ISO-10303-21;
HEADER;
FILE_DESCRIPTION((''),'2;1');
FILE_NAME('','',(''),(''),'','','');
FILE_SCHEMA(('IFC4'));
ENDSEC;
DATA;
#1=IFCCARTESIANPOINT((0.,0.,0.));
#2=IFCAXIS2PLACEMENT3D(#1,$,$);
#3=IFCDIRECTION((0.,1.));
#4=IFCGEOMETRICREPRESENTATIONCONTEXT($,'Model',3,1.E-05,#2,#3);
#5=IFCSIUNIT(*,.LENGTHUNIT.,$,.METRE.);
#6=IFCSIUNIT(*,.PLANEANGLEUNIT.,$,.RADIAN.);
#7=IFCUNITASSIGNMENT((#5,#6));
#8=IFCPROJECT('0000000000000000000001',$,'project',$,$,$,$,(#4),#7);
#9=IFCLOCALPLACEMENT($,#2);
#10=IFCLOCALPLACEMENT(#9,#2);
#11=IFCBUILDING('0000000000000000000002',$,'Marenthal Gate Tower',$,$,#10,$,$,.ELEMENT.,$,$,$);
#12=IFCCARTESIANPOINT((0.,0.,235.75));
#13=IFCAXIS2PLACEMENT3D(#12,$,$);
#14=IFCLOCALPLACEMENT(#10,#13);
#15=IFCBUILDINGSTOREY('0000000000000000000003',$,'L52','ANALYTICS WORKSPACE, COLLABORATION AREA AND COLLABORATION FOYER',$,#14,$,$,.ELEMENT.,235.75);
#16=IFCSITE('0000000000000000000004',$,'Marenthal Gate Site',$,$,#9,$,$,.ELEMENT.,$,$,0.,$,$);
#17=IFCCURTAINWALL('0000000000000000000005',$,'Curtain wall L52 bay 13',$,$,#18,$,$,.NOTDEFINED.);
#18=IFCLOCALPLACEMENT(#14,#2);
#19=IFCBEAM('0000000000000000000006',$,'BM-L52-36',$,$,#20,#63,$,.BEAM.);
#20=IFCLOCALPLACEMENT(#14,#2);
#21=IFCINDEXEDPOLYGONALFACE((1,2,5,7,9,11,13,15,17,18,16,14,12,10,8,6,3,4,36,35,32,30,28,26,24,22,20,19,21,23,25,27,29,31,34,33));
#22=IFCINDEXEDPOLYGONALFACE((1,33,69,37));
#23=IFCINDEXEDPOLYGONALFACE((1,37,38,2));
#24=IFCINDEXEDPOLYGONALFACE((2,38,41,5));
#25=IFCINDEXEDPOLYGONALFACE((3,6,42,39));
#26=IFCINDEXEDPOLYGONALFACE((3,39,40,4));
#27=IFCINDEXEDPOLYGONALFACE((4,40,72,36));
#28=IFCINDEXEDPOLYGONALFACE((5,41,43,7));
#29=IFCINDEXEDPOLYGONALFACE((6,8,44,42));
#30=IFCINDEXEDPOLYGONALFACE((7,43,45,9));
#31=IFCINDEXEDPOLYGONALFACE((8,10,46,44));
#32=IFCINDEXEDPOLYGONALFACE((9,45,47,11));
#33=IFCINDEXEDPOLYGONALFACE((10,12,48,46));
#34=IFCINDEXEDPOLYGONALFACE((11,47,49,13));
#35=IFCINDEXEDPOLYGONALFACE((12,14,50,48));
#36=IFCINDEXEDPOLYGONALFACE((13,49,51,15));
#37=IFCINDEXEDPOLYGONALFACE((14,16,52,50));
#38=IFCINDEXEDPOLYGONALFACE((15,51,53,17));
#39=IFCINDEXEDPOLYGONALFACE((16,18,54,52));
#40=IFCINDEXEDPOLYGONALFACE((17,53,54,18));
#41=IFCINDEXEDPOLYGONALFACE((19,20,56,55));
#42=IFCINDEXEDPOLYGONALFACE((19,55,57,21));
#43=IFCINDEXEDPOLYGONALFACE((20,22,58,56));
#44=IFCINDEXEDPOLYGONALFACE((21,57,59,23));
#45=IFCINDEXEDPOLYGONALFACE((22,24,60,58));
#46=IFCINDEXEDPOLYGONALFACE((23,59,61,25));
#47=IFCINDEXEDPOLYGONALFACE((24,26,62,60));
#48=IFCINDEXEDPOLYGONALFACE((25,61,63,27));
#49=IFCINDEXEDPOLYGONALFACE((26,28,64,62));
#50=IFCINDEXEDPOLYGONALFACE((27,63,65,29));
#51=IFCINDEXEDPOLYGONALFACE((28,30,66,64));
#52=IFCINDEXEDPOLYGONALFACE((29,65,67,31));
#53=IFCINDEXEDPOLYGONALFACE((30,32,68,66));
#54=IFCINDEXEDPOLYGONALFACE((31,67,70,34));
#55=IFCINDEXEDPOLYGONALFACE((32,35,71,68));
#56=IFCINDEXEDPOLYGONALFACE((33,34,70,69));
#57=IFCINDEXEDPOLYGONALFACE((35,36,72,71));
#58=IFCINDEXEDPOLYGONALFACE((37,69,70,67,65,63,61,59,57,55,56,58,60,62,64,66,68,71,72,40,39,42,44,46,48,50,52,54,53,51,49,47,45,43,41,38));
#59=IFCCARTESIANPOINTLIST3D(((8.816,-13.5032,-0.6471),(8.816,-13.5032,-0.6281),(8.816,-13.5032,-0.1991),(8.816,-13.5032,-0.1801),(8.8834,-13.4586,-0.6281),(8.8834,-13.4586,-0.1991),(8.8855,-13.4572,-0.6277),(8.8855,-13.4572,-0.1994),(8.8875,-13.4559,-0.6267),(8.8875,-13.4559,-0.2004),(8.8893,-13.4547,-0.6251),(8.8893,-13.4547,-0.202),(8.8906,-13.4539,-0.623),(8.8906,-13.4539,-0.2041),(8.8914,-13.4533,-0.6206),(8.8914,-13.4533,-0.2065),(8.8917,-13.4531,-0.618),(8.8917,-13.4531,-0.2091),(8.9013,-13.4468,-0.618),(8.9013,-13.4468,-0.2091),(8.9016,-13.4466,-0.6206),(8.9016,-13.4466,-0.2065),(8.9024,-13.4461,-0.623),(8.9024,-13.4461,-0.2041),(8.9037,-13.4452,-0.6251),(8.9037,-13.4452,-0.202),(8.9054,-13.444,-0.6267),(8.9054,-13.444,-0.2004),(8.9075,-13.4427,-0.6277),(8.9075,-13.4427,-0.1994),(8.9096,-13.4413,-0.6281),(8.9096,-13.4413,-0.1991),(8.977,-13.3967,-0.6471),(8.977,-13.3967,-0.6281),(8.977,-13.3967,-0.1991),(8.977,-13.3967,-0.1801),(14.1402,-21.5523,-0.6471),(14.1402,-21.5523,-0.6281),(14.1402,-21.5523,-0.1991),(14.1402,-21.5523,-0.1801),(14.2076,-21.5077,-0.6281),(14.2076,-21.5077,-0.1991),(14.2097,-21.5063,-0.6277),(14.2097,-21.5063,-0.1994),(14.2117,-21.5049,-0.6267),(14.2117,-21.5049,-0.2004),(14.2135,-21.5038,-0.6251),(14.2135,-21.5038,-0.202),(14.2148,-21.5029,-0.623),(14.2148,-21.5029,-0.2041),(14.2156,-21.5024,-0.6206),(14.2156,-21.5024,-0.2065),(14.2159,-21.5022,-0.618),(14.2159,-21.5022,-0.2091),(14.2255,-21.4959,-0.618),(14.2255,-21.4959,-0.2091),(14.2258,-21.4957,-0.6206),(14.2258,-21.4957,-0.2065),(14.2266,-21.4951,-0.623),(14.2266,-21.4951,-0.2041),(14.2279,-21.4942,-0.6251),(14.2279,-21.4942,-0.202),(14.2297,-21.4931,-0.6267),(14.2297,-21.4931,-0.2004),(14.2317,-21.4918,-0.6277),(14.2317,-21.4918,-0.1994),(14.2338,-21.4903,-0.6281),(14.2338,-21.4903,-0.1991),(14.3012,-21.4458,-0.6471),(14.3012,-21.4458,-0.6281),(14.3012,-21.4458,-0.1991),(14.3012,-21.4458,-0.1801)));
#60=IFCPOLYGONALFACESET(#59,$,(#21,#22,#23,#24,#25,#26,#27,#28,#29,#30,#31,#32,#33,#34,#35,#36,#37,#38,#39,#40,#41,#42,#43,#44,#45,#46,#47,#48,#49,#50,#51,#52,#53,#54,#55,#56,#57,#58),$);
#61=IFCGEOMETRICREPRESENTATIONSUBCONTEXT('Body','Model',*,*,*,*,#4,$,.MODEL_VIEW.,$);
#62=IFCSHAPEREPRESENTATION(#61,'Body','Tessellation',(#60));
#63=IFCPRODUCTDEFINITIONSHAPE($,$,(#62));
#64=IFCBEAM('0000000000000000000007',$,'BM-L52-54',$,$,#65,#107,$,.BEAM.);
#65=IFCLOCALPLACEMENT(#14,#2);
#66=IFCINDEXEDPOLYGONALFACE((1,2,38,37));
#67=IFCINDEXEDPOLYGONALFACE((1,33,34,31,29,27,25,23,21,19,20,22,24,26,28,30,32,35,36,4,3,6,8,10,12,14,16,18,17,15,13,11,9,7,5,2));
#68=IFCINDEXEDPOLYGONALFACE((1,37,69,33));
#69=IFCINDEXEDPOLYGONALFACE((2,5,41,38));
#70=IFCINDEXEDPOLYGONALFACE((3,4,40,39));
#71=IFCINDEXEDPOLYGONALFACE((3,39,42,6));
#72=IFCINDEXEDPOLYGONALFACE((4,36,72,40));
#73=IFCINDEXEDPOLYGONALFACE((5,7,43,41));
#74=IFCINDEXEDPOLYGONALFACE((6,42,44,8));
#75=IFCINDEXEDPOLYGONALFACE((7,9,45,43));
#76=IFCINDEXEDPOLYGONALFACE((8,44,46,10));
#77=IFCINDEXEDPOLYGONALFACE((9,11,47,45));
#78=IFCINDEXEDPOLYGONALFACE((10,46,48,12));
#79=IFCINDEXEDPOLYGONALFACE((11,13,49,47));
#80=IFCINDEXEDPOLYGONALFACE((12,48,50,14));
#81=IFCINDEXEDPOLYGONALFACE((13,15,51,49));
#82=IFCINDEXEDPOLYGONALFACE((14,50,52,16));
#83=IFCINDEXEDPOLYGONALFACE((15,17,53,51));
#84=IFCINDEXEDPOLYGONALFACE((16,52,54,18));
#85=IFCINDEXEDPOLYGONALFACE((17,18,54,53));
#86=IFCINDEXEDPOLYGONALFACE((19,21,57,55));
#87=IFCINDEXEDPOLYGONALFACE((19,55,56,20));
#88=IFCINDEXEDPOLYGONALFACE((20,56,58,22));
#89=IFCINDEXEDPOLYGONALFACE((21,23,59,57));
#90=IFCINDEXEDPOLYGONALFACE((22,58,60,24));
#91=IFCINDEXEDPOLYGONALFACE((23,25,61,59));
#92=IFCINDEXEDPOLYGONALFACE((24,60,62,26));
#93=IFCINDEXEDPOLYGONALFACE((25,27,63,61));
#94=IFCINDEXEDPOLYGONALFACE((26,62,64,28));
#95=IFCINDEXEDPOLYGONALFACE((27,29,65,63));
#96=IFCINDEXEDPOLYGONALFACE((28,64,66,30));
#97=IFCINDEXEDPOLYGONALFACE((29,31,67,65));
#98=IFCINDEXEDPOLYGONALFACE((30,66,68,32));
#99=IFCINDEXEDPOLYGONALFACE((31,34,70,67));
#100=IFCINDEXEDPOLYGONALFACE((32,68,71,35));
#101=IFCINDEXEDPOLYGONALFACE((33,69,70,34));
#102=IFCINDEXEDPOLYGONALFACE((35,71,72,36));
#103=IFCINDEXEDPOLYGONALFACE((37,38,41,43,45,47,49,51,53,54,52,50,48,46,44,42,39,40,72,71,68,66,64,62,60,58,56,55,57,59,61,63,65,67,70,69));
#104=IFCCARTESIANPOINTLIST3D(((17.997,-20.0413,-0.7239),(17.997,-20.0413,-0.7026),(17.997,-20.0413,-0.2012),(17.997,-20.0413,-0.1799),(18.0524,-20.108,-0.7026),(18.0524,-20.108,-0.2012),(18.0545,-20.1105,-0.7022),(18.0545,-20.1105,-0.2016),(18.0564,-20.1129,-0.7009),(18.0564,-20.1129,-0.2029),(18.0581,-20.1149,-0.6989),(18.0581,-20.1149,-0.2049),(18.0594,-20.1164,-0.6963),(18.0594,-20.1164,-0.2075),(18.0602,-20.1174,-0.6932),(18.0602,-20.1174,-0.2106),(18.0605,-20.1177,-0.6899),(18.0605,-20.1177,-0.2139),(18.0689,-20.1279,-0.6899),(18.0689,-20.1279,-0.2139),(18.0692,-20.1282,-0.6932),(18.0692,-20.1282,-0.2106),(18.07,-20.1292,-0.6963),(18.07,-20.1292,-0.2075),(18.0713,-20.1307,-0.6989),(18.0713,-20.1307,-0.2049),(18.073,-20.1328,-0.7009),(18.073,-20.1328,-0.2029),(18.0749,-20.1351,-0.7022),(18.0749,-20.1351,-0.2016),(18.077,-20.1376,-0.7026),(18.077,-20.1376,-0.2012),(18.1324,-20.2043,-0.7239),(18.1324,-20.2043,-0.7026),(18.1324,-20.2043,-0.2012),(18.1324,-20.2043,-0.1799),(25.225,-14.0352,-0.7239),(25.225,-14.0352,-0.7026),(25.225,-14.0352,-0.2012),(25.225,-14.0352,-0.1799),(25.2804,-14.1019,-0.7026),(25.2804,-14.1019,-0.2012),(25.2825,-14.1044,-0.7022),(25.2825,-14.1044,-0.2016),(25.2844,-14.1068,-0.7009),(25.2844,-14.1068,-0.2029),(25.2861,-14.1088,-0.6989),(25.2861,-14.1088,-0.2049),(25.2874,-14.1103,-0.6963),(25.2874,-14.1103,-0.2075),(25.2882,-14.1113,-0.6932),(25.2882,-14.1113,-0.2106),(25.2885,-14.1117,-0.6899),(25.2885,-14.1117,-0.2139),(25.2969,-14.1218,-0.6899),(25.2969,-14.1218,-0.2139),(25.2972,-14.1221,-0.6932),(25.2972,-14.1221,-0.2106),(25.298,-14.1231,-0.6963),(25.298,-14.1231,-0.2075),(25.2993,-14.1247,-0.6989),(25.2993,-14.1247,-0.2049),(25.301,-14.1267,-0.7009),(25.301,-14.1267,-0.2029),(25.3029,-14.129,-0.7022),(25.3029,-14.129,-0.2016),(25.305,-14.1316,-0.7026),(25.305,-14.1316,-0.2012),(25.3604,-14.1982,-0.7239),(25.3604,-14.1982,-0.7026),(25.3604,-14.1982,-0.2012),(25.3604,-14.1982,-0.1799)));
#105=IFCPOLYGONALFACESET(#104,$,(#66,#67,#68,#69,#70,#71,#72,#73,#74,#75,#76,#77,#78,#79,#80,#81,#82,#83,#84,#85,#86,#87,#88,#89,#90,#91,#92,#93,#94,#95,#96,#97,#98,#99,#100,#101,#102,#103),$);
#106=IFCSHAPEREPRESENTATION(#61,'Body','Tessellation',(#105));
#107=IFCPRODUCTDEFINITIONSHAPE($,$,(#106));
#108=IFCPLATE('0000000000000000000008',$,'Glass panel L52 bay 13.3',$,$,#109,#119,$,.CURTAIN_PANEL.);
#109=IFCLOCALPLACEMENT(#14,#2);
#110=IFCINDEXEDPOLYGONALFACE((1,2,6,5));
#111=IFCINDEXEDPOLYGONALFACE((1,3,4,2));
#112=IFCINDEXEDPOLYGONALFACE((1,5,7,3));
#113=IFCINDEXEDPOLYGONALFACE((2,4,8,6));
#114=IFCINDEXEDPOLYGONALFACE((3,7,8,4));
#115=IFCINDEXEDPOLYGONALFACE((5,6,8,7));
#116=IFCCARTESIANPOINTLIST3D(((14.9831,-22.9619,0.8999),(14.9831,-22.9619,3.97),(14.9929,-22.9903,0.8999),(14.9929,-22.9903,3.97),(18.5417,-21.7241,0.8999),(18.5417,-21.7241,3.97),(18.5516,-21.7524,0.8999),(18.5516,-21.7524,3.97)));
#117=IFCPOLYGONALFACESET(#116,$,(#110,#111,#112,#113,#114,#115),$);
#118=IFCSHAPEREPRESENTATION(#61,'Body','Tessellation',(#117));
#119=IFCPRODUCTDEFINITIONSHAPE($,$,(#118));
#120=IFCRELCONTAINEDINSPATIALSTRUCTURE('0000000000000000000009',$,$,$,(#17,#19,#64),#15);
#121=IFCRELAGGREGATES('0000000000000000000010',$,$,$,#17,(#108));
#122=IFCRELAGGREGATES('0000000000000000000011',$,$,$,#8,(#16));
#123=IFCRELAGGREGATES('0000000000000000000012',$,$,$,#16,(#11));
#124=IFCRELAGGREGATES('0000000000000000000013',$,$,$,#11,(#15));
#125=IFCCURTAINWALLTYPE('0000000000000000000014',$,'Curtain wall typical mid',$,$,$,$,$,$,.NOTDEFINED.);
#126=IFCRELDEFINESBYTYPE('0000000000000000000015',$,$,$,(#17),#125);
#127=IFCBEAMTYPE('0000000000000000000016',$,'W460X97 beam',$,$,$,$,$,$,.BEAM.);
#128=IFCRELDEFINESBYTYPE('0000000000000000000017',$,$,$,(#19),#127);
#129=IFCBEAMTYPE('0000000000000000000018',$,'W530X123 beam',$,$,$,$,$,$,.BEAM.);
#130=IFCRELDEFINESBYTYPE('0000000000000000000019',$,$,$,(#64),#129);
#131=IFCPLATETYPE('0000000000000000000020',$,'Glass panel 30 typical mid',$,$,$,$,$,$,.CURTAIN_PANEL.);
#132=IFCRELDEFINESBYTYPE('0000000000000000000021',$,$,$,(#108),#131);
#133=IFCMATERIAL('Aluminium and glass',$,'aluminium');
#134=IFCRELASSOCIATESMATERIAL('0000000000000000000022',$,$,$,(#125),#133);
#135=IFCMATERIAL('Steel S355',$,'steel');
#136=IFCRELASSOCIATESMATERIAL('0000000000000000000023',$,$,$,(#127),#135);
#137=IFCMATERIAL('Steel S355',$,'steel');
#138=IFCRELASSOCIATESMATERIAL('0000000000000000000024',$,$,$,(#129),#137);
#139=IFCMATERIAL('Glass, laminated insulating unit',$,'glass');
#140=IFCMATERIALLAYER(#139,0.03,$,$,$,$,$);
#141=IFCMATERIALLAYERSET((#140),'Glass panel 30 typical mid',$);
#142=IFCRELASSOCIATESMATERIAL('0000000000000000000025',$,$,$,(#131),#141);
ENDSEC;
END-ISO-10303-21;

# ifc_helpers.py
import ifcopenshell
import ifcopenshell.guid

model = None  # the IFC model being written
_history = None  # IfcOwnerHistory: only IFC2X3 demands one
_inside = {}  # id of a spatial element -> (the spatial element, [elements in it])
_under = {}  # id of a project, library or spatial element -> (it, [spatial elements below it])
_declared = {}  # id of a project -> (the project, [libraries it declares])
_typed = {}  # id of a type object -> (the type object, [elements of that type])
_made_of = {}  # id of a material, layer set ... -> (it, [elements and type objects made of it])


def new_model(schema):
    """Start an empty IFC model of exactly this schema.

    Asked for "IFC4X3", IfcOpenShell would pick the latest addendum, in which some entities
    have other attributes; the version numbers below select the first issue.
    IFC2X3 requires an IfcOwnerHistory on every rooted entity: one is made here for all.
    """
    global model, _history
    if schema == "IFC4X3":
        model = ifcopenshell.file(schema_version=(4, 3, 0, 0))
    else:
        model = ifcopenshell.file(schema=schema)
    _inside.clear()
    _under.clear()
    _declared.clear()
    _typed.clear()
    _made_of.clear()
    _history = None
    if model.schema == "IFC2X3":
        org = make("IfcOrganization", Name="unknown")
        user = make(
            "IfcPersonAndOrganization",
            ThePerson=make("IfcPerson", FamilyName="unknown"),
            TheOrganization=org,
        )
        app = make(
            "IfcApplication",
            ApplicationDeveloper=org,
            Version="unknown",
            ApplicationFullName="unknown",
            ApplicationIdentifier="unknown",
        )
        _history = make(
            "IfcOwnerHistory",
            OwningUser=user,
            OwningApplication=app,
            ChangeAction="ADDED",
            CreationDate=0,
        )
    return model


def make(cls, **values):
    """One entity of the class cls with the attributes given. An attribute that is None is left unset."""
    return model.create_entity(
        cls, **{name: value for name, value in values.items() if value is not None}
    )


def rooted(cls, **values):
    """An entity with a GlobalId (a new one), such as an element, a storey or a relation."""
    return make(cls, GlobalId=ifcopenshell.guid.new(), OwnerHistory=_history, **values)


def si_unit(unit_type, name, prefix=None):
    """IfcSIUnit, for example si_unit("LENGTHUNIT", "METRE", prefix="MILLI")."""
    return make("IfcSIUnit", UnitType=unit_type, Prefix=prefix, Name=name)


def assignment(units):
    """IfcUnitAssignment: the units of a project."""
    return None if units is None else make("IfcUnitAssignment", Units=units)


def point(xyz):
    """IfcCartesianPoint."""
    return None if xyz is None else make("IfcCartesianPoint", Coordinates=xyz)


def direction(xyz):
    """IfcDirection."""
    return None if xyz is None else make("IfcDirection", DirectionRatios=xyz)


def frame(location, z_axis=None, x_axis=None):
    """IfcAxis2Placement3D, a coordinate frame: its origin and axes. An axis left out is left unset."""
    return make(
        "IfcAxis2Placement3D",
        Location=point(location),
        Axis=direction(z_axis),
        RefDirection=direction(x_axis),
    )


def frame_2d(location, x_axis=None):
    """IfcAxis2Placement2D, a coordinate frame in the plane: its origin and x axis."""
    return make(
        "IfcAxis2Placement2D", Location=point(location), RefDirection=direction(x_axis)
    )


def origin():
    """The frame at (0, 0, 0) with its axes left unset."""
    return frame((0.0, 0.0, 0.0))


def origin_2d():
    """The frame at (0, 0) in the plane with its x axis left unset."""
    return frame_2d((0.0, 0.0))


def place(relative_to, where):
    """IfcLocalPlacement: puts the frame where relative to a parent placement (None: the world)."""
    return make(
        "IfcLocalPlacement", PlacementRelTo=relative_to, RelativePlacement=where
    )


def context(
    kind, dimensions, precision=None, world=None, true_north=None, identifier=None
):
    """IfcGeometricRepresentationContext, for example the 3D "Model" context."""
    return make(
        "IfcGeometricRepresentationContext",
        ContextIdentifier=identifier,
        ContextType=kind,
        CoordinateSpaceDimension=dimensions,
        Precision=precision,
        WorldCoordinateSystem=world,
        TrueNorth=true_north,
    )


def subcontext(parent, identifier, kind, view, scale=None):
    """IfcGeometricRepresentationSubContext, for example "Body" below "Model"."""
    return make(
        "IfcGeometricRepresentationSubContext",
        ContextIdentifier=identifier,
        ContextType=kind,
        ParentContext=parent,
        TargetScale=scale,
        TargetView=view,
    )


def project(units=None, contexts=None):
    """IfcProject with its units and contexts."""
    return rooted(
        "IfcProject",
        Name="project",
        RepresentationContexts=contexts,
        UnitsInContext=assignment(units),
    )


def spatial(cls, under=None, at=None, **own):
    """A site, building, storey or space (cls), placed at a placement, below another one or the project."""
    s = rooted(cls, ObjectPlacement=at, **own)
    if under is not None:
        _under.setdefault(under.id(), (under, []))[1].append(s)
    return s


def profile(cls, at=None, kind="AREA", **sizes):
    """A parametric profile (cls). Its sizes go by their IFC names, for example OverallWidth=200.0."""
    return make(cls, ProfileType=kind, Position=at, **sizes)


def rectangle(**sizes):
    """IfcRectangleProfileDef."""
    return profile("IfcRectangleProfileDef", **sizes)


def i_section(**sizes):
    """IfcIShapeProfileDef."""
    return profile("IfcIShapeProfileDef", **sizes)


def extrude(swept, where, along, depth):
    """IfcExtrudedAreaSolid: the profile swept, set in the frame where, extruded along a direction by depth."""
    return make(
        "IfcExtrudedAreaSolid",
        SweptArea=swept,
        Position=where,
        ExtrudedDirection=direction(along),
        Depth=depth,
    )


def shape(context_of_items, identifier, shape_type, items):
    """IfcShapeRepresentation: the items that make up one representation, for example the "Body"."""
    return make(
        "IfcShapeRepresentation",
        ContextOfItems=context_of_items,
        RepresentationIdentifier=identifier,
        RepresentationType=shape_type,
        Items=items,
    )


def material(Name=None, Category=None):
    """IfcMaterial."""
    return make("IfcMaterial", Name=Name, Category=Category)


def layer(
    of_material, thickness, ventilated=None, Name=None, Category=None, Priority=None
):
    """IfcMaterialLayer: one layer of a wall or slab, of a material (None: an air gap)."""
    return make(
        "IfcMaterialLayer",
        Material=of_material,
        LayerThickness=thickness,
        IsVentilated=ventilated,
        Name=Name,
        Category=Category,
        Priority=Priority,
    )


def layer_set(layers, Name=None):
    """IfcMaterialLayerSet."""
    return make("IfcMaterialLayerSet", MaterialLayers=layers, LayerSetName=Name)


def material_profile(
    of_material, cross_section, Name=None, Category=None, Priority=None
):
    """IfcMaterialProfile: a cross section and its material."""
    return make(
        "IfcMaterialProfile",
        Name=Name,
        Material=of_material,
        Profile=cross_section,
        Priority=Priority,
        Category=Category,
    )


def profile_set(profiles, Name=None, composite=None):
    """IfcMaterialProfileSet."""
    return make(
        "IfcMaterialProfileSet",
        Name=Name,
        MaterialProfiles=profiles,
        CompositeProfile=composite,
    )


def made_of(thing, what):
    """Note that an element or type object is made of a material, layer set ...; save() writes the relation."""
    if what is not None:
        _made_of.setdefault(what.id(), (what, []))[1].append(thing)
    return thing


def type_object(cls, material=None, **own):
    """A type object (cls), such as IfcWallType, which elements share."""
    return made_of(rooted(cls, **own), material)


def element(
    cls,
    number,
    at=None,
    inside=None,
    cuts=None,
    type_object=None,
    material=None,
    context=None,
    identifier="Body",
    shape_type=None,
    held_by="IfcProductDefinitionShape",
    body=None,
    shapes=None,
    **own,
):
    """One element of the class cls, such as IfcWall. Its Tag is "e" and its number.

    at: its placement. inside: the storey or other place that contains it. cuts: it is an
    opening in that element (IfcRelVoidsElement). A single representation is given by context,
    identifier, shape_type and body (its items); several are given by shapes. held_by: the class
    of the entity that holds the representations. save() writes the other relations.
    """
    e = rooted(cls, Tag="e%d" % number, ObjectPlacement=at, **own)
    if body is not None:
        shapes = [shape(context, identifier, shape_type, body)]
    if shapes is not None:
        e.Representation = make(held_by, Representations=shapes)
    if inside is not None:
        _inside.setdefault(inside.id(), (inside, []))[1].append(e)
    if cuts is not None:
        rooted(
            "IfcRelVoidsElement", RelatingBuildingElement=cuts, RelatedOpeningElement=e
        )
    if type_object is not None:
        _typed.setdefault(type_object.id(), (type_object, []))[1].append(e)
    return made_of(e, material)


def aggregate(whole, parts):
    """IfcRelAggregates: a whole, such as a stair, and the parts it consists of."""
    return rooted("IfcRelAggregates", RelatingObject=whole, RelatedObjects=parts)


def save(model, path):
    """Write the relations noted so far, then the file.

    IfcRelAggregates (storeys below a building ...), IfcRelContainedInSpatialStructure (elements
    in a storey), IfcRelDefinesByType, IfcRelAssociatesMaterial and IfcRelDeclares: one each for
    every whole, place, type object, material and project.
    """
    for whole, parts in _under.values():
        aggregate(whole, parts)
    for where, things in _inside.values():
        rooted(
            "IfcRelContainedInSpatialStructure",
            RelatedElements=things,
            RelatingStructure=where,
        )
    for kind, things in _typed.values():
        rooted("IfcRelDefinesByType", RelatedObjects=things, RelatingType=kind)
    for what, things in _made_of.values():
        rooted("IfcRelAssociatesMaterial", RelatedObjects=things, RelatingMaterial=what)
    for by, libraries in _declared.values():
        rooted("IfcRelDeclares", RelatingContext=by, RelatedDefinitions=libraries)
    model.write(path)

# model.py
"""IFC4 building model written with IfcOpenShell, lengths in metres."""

from ifc_helpers import new_model, si_unit, direction, frame, origin, origin_2d, place, context, subcontext, project, spatial, rectangle, i_section, extrude, material, layer, layer_set, material_profile, profile_set, type_object, element, aggregate, save


model = new_model("IFC4")

# Units and contexts
model_context = context("Model", 3, precision=1e-05, world=origin(), true_north=direction((0.0, 1.0)))
body_context = subcontext(model_context, "Body", "Model", "MODEL_VIEW")
ifc_project = project(units=[si_unit("LENGTHUNIT", "METRE"), si_unit("PLANEANGLEUNIT", "RADIAN")], contexts=[model_context])

# Site, building, storey
site_placement = place(None, origin())
site = spatial("IfcSite", under=ifc_project, at=site_placement, Name="Marenthal Gate Site", CompositionType="ELEMENT", RefElevation=0.0)
building_placement = place(site_placement, origin())
building = spatial("IfcBuilding", under=site, at=building_placement, Name="Marenthal Gate Tower", CompositionType="ELEMENT")
storey_placement = place(building_placement, frame((0.0, 0.0, 235.75)))
storey = spatial("IfcBuildingStorey", under=building, at=storey_placement, Name="L52", Description="ANALYTICS WORKSPACE, COLLABORATION AREA AND COLLABORATION FOYER", CompositionType="ELEMENT", Elevation=235.75)

# Curtain wall
ifc_material_1 = material(Name="Aluminium and glass", Category="aluminium")
curtain_wall_type = type_object("IfcCurtainWallType", Name="Curtain wall typical mid", PredefinedType="NOTDEFINED", material=ifc_material_1)
curtain_wall_1_placement = place(storey_placement, origin())
curtain_wall_1 = element("IfcCurtainWall", 1, at=curtain_wall_1_placement, inside=storey, type_object=curtain_wall_type, Name="Curtain wall L52 bay 13", PredefinedType="NOTDEFINED")

# Beams
ifc_material_2 = material(Name="Steel S355", Category="steel")
ifc_material_profile_1 = material_profile(ifc_material_2, i_section(OverallWidth=0.1931, OverallDepth=0.467, WebThickness=0.0115, FlangeThickness=0.019, FilletRadius=0.01, at=origin_2d()), Name="W460X97")
ifc_profile_set_1 = profile_set([ifc_material_profile_1], Name="Steel S355")
beam_type_1 = type_object("IfcBeamType", Name="W460X97 beam", PredefinedType="BEAM", material=ifc_profile_set_1)
beam_1_placement = place(storey_placement, frame((14.2207, -21.499, -0.4136), z_axis=(-0.551696, 0.834045, 0.0), x_axis=(-0.834045, -0.551696, 0.0)))
element("IfcBeam", 2, at=beam_1_placement, inside=storey, type_object=beam_type_1, Name="BM-L52-36", PredefinedType="BEAM", context=body_context, shape_type="SweptSolid", body=[
    extrude(i_section(OverallWidth=0.1931, OverallDepth=0.467, WebThickness=0.0115, FlangeThickness=0.019, FilletRadius=0.01, at=origin_2d()), origin(), (0.0, 0.0, 1.0), 9.6506),
])
ifc_material_3 = material(Name="Steel S355", Category="steel")
ifc_material_profile_2 = material_profile(ifc_material_3, i_section(OverallWidth=0.2119, OverallDepth=0.5439, WebThickness=0.0132, FlangeThickness=0.0212, FilletRadius=0.0127, at=origin_2d()), Name="W530X123")
ifc_profile_set_2 = profile_set([ifc_material_profile_2], Name="Steel S355")
beam_type_2 = type_object("IfcBeamType", Name="W530X123 beam", PredefinedType="BEAM", material=ifc_profile_set_2)
beam_2_placement = place(storey_placement, frame((18.0647, -20.1228, -0.4519), z_axis=(0.769123, 0.6391, 0.0), x_axis=(-0.6391, 0.769123, 0.0)))
element("IfcBeam", 3, at=beam_2_placement, inside=storey, type_object=beam_type_2, Name="BM-L52-54", PredefinedType="BEAM", context=body_context, shape_type="SweptSolid", body=[
    extrude(i_section(OverallWidth=0.2119, OverallDepth=0.5439, WebThickness=0.0132, FlangeThickness=0.0212, FilletRadius=0.0127, at=origin_2d()), origin(), (0.0, 0.0, 1.0), 9.3977),
])

# Plate
ifc_material_4 = material(Name="Glass, laminated insulating unit", Category="glass")
ifc_layer_1 = layer(ifc_material_4, 0.03)
ifc_layer_set_1 = layer_set([ifc_layer_1], Name="Glass panel 30 typical mid")
plate_type = type_object("IfcPlateType", Name="Glass panel 30 typical mid", PredefinedType="CURTAIN_PANEL", material=ifc_layer_set_1)
plate_placement = place(storey_placement, frame((16.7673, -22.3572, 0.8999), z_axis=(0.0, 0.0, 1.0), x_axis=(0.94449, 0.32854, 0.0)))
plate = element("IfcPlate", 4, at=plate_placement, type_object=plate_type, Name="Glass panel L52 bay 13.3", PredefinedType="CURTAIN_PANEL", context=body_context, shape_type="SweptSolid", body=[
    extrude(rectangle(XDim=3.7678, YDim=0.03, at=origin_2d()), origin(), (0.0, 0.0, 1.0), 3.0701),
])
aggregate(curtain_wall_1, [plate])

save(model, "model.ifc")
